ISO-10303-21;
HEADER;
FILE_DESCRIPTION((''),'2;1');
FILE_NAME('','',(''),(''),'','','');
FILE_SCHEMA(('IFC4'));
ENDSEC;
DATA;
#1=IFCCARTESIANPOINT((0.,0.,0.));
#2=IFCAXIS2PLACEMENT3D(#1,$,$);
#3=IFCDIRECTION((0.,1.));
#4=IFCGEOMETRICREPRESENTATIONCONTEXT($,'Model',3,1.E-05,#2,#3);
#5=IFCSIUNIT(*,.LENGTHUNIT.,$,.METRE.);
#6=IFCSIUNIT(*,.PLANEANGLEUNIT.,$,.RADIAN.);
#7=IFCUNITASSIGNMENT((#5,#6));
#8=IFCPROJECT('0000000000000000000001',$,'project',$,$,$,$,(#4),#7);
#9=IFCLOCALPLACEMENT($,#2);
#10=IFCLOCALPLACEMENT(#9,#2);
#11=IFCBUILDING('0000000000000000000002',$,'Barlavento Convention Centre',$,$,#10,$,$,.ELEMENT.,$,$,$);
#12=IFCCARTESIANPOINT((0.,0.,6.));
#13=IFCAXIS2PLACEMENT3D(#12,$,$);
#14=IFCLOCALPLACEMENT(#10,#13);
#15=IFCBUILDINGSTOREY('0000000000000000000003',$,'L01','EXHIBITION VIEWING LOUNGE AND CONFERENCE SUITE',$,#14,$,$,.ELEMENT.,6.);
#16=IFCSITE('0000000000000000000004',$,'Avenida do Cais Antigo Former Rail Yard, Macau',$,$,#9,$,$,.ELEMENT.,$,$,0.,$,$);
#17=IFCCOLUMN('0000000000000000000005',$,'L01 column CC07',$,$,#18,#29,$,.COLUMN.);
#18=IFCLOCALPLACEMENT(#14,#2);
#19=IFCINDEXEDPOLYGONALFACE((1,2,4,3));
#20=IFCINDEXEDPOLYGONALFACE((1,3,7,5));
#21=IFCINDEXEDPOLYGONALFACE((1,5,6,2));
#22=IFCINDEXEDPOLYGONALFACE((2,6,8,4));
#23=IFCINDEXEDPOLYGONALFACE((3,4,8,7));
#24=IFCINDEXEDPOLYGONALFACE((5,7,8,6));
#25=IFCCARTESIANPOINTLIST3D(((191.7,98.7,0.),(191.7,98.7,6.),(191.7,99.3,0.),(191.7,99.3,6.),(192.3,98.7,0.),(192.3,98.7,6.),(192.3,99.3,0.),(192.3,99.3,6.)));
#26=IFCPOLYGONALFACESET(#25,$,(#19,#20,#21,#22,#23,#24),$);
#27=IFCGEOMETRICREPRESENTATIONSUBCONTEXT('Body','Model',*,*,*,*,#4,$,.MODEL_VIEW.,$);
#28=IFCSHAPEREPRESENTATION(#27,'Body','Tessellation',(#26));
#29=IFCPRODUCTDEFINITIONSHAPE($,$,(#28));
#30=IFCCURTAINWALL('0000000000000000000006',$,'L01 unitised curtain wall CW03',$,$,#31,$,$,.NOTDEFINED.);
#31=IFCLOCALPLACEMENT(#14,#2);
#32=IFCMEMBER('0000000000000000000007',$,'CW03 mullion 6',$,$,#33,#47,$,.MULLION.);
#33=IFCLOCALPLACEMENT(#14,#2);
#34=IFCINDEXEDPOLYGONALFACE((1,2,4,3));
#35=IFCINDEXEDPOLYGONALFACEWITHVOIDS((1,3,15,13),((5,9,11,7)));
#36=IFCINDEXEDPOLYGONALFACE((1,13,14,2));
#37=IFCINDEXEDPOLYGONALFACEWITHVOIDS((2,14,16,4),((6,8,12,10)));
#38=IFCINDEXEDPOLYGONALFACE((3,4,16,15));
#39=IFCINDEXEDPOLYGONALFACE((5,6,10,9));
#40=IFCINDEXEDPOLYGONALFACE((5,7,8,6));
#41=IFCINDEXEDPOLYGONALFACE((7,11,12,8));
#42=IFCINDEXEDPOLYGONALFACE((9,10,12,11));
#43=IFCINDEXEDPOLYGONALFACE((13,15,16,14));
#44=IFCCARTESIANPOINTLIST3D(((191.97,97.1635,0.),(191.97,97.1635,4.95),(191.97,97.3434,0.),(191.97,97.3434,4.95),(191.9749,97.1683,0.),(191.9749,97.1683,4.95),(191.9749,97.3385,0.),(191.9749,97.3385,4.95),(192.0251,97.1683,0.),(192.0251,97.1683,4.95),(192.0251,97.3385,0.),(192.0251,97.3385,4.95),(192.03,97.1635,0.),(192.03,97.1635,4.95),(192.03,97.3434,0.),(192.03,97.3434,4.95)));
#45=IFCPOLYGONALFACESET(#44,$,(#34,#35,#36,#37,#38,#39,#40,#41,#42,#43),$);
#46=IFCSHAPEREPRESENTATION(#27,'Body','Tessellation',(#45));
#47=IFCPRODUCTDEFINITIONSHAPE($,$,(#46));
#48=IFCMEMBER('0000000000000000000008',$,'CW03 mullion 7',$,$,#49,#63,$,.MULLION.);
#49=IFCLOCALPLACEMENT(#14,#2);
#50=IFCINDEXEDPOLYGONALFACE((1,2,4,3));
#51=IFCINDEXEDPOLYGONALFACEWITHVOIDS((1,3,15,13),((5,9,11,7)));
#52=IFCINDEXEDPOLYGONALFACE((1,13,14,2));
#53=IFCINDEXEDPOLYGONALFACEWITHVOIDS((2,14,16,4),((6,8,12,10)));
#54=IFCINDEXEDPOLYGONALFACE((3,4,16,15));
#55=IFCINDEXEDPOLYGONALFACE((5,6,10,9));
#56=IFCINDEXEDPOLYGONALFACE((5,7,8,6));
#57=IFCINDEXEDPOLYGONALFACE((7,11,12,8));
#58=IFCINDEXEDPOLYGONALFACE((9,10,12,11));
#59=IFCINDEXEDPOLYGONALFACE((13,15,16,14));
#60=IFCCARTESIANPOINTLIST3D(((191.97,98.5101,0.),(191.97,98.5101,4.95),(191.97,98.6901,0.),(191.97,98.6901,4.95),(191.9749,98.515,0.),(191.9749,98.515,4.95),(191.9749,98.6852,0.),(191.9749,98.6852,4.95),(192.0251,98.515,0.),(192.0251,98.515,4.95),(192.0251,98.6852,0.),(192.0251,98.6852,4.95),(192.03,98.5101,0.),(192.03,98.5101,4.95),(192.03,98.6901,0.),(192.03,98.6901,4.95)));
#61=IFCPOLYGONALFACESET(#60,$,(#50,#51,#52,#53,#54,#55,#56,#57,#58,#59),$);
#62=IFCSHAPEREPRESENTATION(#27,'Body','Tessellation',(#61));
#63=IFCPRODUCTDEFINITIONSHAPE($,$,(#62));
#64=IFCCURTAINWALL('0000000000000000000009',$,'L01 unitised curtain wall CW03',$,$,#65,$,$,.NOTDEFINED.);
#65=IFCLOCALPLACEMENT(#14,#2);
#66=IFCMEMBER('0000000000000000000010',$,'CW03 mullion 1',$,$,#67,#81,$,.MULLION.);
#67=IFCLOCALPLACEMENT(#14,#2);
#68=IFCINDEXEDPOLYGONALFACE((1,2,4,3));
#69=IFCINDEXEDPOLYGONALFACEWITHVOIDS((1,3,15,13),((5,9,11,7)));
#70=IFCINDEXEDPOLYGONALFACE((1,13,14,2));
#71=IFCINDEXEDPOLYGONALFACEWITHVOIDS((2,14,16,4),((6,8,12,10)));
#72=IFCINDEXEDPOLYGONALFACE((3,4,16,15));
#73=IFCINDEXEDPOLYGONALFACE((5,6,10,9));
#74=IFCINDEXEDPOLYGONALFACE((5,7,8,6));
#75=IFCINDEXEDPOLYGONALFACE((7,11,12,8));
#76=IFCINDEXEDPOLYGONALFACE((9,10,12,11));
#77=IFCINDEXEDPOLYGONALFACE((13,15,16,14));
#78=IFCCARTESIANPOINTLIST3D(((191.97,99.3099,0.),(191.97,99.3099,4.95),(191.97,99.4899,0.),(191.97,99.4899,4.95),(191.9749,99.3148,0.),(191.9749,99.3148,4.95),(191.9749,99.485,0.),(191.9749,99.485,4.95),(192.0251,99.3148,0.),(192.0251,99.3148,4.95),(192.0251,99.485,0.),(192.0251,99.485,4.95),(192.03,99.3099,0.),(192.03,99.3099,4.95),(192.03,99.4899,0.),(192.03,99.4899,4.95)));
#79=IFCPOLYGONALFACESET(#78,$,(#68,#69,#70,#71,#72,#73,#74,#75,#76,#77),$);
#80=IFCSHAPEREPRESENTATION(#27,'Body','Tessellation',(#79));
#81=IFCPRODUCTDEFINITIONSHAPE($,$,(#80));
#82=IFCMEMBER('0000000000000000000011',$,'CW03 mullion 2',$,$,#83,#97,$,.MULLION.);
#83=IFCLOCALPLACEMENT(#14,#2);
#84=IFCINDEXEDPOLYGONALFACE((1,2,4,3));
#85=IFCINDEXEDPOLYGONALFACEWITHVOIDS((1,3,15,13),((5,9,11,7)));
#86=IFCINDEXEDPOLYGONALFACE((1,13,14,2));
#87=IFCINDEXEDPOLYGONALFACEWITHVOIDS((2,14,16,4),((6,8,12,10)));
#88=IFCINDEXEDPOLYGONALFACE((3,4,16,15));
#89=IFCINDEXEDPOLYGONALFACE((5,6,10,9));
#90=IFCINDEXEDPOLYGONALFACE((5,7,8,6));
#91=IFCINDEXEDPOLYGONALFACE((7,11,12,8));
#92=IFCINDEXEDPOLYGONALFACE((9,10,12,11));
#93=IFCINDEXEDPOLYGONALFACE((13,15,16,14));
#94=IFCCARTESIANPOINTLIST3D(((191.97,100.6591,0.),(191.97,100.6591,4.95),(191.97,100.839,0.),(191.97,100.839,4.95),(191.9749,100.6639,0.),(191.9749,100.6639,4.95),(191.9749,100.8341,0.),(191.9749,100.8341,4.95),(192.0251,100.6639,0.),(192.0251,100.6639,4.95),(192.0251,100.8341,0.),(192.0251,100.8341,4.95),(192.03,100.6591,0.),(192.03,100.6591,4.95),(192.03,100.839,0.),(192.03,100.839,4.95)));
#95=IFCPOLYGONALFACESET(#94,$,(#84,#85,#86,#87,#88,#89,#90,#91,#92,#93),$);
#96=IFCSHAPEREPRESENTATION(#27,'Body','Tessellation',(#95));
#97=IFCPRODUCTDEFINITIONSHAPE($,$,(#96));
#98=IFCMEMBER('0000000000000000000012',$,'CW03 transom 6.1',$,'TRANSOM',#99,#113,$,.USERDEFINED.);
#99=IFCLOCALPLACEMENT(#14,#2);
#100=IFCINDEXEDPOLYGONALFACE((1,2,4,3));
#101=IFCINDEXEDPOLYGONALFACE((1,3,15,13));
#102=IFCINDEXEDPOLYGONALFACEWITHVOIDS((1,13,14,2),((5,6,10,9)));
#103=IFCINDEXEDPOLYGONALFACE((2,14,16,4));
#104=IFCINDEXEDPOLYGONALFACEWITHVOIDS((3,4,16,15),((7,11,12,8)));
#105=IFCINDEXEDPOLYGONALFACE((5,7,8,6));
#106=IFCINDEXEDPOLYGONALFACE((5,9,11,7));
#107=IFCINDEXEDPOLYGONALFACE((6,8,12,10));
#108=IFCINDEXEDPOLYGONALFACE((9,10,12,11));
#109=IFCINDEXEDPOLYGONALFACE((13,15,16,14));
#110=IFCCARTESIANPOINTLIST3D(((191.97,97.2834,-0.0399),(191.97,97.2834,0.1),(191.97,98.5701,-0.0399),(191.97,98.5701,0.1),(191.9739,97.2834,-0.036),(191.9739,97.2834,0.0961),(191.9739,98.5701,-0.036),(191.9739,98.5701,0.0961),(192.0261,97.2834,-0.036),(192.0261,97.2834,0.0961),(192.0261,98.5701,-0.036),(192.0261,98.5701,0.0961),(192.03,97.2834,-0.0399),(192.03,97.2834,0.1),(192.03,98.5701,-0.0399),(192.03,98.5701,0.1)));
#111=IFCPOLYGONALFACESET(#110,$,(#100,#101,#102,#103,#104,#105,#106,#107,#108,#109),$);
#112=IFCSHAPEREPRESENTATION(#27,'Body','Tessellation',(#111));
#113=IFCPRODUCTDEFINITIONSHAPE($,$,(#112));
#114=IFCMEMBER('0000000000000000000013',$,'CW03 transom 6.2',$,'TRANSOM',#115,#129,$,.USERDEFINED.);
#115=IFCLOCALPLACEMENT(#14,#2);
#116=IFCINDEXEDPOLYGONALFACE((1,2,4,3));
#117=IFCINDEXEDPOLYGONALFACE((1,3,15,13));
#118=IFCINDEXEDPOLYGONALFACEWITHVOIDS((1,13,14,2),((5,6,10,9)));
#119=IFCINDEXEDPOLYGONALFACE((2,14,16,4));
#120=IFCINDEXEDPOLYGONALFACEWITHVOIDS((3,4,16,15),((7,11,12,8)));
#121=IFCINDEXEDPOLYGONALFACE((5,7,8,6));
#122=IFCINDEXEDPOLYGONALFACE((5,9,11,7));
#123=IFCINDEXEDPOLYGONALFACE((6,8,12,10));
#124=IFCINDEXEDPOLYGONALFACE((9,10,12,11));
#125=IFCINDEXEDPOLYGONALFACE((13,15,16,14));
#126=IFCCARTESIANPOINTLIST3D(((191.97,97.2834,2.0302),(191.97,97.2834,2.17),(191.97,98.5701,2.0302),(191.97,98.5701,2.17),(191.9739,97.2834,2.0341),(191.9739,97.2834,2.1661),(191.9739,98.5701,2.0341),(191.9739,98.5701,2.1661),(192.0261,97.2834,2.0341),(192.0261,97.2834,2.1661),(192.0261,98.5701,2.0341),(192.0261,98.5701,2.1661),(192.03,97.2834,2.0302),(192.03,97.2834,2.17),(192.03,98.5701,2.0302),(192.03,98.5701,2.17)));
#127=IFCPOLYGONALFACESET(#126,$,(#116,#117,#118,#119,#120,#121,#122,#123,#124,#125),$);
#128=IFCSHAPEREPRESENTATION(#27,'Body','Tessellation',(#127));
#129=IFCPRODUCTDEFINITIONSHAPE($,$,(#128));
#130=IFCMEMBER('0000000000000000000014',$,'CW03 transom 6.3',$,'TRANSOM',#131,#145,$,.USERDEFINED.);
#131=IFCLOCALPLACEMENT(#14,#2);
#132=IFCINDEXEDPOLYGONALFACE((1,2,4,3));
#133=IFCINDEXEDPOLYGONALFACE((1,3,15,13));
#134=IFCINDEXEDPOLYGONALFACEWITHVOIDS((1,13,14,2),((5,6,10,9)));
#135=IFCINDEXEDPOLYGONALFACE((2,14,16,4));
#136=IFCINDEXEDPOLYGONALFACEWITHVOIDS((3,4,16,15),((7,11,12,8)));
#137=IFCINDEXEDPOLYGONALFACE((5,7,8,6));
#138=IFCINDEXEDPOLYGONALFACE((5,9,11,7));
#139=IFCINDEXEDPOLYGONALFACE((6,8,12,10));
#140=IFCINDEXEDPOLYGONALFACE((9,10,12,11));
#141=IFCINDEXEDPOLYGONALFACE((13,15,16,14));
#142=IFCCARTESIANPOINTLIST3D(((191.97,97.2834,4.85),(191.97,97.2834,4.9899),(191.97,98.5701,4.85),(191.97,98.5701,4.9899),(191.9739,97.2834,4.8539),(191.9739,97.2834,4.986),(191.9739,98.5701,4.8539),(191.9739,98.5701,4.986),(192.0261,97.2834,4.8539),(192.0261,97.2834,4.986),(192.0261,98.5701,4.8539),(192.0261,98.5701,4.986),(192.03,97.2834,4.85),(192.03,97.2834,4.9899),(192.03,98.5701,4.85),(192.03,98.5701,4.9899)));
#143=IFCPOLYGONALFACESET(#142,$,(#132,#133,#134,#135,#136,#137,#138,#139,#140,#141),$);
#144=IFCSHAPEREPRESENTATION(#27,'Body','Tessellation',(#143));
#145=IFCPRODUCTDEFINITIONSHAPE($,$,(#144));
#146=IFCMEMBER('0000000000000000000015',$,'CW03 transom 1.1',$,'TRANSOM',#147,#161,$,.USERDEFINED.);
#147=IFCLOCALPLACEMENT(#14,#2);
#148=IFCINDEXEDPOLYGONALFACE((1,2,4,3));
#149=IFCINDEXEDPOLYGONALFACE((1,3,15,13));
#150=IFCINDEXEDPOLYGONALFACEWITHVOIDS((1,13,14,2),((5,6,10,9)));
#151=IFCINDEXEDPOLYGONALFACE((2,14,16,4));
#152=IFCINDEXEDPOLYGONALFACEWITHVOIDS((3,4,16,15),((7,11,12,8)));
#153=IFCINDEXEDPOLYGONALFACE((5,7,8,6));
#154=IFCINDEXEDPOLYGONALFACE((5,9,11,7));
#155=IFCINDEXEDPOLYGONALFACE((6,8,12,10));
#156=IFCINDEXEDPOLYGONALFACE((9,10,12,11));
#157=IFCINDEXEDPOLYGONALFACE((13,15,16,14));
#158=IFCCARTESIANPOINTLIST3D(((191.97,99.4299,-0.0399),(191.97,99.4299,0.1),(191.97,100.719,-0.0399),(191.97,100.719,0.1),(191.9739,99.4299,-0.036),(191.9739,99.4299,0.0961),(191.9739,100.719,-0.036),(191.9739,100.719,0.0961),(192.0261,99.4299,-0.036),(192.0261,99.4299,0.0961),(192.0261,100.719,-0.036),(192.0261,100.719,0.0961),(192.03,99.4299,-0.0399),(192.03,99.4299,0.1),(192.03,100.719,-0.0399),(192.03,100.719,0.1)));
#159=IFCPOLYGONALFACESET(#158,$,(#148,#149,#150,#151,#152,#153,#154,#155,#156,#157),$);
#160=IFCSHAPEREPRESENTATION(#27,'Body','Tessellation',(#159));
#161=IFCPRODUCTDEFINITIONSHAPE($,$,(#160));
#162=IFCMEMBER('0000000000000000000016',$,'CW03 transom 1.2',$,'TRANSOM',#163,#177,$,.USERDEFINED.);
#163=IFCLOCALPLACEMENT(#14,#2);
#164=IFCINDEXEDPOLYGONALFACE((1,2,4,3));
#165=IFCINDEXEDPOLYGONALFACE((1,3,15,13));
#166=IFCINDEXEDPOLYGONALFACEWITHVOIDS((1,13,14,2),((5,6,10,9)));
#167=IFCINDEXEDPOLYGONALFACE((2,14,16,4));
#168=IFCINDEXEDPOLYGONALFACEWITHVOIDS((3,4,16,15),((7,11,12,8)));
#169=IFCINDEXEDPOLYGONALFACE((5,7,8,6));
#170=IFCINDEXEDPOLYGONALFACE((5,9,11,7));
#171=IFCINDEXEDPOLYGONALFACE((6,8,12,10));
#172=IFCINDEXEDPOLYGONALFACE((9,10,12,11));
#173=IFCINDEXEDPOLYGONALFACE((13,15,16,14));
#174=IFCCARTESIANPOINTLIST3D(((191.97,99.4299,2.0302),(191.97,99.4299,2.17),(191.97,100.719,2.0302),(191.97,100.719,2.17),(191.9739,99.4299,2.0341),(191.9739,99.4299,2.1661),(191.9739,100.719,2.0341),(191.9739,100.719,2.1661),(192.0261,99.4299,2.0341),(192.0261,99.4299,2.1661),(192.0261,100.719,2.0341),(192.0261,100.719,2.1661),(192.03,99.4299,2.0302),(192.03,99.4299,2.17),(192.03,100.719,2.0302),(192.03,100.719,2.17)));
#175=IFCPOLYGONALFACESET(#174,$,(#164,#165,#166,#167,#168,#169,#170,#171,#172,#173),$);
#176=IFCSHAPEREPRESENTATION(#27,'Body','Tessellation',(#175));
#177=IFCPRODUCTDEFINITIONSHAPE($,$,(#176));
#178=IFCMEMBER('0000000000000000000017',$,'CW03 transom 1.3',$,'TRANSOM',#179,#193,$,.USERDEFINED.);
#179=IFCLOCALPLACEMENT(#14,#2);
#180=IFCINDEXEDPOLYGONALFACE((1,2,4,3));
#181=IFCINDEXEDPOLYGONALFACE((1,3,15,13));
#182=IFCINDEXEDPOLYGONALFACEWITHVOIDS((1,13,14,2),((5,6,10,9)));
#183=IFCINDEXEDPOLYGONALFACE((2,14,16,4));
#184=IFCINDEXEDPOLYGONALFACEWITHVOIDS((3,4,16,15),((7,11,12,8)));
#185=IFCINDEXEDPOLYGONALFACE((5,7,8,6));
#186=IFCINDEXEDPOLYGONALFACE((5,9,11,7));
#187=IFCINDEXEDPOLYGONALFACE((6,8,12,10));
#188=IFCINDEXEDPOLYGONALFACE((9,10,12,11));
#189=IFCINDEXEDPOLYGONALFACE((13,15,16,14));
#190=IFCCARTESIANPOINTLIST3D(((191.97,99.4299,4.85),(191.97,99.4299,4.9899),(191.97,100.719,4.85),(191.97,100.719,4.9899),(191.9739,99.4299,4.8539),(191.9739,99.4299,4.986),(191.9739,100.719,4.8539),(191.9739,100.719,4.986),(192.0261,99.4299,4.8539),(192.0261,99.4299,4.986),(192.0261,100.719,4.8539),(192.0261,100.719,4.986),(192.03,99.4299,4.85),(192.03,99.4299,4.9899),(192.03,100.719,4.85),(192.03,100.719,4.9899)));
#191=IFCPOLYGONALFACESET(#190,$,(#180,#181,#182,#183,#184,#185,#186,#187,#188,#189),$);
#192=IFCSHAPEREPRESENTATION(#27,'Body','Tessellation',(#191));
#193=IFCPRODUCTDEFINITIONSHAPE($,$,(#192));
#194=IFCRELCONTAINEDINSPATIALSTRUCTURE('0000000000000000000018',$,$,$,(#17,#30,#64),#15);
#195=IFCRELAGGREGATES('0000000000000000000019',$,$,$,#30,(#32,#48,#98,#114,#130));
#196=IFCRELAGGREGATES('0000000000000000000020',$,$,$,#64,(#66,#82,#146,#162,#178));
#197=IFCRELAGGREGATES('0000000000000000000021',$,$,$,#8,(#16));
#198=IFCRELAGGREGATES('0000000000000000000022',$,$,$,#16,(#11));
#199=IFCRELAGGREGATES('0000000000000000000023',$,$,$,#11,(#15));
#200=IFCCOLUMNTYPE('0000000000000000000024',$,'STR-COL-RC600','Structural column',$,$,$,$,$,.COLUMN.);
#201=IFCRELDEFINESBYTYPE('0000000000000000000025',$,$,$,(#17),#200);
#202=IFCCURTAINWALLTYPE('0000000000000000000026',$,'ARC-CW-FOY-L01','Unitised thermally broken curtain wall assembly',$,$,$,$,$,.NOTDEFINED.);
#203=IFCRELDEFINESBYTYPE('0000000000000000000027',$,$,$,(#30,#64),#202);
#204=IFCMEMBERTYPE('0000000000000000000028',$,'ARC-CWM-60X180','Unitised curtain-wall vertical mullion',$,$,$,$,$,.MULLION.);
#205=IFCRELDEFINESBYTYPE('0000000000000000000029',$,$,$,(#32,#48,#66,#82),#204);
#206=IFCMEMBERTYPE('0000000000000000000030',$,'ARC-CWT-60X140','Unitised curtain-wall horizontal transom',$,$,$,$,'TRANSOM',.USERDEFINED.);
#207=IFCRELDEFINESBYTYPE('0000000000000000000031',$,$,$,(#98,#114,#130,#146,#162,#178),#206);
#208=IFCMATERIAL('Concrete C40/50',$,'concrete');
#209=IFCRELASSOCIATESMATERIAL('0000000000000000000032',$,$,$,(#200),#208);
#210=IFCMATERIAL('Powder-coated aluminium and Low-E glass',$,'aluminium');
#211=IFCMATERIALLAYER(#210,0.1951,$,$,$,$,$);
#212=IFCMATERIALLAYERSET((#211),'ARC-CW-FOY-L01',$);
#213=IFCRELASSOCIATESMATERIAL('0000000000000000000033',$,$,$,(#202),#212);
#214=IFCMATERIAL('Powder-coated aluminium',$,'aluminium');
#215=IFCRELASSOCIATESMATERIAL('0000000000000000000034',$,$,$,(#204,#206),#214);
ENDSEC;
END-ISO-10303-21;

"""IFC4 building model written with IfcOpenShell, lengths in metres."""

from ifc_helpers import new_model, si_unit, direction, frame, origin, origin_2d, place, context, subcontext, project, spatial, rectangle, hollow_rectangle, extrude, material, layer, layer_set, material_profile, profile_set, type_object, element, aggregate, save


model = new_model("IFC4")

# Units and contexts
model_context = context("Model", 3, precision=1e-05, world=origin(), true_north=direction((0.0, 1.0)))
body_context = subcontext(model_context, "Body", "Model", "MODEL_VIEW")
ifc_project = project(units=[si_unit("LENGTHUNIT", "METRE"), si_unit("PLANEANGLEUNIT", "RADIAN")], contexts=[model_context])

# Site, building, storey
site_placement = place(None, origin())
site = spatial("IfcSite", under=ifc_project, at=site_placement, Name="Avenida do Cais Antigo Former Rail Yard, Macau", CompositionType="ELEMENT", RefElevation=0.0)
building_placement = place(site_placement, origin())
building = spatial("IfcBuilding", under=site, at=building_placement, Name="Barlavento Convention Centre", CompositionType="ELEMENT")
storey_placement = place(building_placement, frame((0.0, 0.0, 6.0)))
storey = spatial("IfcBuildingStorey", under=building, at=storey_placement, Name="L01", Description="EXHIBITION VIEWING LOUNGE AND CONFERENCE SUITE", CompositionType="ELEMENT", Elevation=6.0)

# Column
ifc_material_1 = material(Name="Concrete C40/50", Category="concrete")
ifc_material_profile_1 = material_profile(ifc_material_1, rectangle(XDim=0.6001, YDim=0.6001, at=origin_2d()), Name="RC 600x600")
ifc_profile_set_1 = profile_set([ifc_material_profile_1], Name="Concrete C40/50")
column_type = type_object("IfcColumnType", Name="STR-COL-RC600", Description="Structural column", PredefinedType="COLUMN", material=ifc_profile_set_1)
column_placement = place(storey_placement, frame((192.0, 99.0, 0.0), z_axis=(0.0, 0.0, 1.0), x_axis=(1.0, 0.0, 0.0)))
element("IfcColumn", 1, at=column_placement, inside=storey, type_object=column_type, Name="L01 column CC07", PredefinedType="COLUMN", context=body_context, shape_type="SweptSolid", body=[
    extrude(rectangle(XDim=0.6001, YDim=0.6001, at=origin_2d()), origin(), (0.0, 0.0, 1.0), 6.0),
])

# Curtain walls, members
ifc_material_2 = material(Name="Powder-coated aluminium and Low-E glass", Category="aluminium")
ifc_layer_1 = layer(ifc_material_2, 0.1951)
ifc_layer_set_1 = layer_set([ifc_layer_1], Name="ARC-CW-FOY-L01")
curtain_wall_type = type_object("IfcCurtainWallType", Name="ARC-CW-FOY-L01", Description="Unitised thermally broken curtain wall assembly", PredefinedType="NOTDEFINED", material=ifc_layer_set_1)
curtain_wall_1_placement = place(storey_placement, origin())
curtain_wall_1 = element("IfcCurtainWall", 2, at=curtain_wall_1_placement, inside=storey, type_object=curtain_wall_type, Name="L01 unitised curtain wall CW03", PredefinedType="NOTDEFINED")
ifc_material_3 = material(Name="Powder-coated aluminium", Category="aluminium")
ifc_material_profile_2 = material_profile(ifc_material_3, hollow_rectangle(XDim=0.0601, YDim=0.1799, WallThickness=0.0049, at=origin_2d()), Name="AL-MULL 60x180x5")
ifc_profile_set_2 = profile_set([ifc_material_profile_2], Name="Powder-coated aluminium")
member_type_1 = type_object("IfcMemberType", Name="ARC-CWM-60X180", Description="Unitised curtain-wall vertical mullion", PredefinedType="MULLION", material=ifc_profile_set_2)
member_1_placement = place(storey_placement, frame((192.0, 97.2534, 0.0), z_axis=(0.0, 0.0, 1.0), x_axis=(-1.0, 0.0, 0.0)))
member_1 = element("IfcMember", 3, at=member_1_placement, type_object=member_type_1, Name="CW03 mullion 6", PredefinedType="MULLION", context=body_context, shape_type="SweptSolid", body=[
    extrude(hollow_rectangle(XDim=0.0601, YDim=0.1799, WallThickness=0.0049, at=origin_2d()), origin(), (0.0, 0.0, 1.0), 4.95),
])
member_2_placement = place(storey_placement, frame((192.0, 98.6001, 0.0), z_axis=(0.0, 0.0, 1.0), x_axis=(-1.0, 0.0, 0.0)))
member_2 = element("IfcMember", 4, at=member_2_placement, type_object=member_type_1, Name="CW03 mullion 7", PredefinedType="MULLION", context=body_context, shape_type="SweptSolid", body=[
    extrude(hollow_rectangle(XDim=0.0601, YDim=0.1799, WallThickness=0.0049, at=origin_2d()), origin(), (0.0, 0.0, 1.0), 4.95),
])
curtain_wall_2_placement = place(storey_placement, origin())
curtain_wall_2 = element("IfcCurtainWall", 5, at=curtain_wall_2_placement, inside=storey, type_object=curtain_wall_type, Name="L01 unitised curtain wall CW03", PredefinedType="NOTDEFINED")
member_3_placement = place(storey_placement, frame((192.0, 99.3999, 0.0), z_axis=(0.0, 0.0, 1.0), x_axis=(-1.0, 0.0, 0.0)))
member_3 = element("IfcMember", 6, at=member_3_placement, type_object=member_type_1, Name="CW03 mullion 1", PredefinedType="MULLION", context=body_context, shape_type="SweptSolid", body=[
    extrude(hollow_rectangle(XDim=0.0601, YDim=0.1799, WallThickness=0.0049, at=origin_2d()), origin(), (0.0, 0.0, 1.0), 4.95),
])
member_4_placement = place(storey_placement, frame((192.0, 100.749, 0.0), z_axis=(0.0, 0.0, 1.0), x_axis=(-1.0, 0.0, 0.0)))
member_4 = element("IfcMember", 7, at=member_4_placement, type_object=member_type_1, Name="CW03 mullion 2", PredefinedType="MULLION", context=body_context, shape_type="SweptSolid", body=[
    extrude(hollow_rectangle(XDim=0.0601, YDim=0.1799, WallThickness=0.0049, at=origin_2d()), origin(), (0.0, 0.0, 1.0), 4.95),
])

# Members
ifc_material_profile_3 = material_profile(ifc_material_3, hollow_rectangle(XDim=0.0601, YDim=0.1399, WallThickness=0.0039, at=origin_2d()), Name="AL-TRAN 60x140x4")
ifc_profile_set_3 = profile_set([ifc_material_profile_3], Name="Powder-coated aluminium")
member_type_2 = type_object("IfcMemberType", Name="ARC-CWT-60X140", Description="Unitised curtain-wall horizontal transom", ElementType="TRANSOM", PredefinedType="USERDEFINED", material=ifc_profile_set_3)
member_5_placement = place(storey_placement, frame((192.0, 97.2834, 0.03), z_axis=(0.0, 1.0, 0.0), x_axis=(-1.0, 0.0, 0.0)))
member_5 = element("IfcMember", 8, at=member_5_placement, type_object=member_type_2, Name="CW03 transom 6.1", ObjectType="TRANSOM", PredefinedType="USERDEFINED", context=body_context, shape_type="SweptSolid", body=[
    extrude(hollow_rectangle(XDim=0.0601, YDim=0.1399, WallThickness=0.0039, at=origin_2d()), origin(), (0.0, 0.0, 1.0), 1.2866),
])
member_6_placement = place(storey_placement, frame((192.0, 97.2834, 2.1001), z_axis=(0.0, 1.0, 0.0), x_axis=(-1.0, 0.0, 0.0)))
member_6 = element("IfcMember", 9, at=member_6_placement, type_object=member_type_2, Name="CW03 transom 6.2", ObjectType="TRANSOM", PredefinedType="USERDEFINED", context=body_context, shape_type="SweptSolid", body=[
    extrude(hollow_rectangle(XDim=0.0601, YDim=0.1399, WallThickness=0.0039, at=origin_2d()), origin(), (0.0, 0.0, 1.0), 1.2866),
])
member_7_placement = place(storey_placement, frame((192.0, 97.2834, 4.9199), z_axis=(0.0, 1.0, 0.0), x_axis=(-1.0, 0.0, 0.0)))
member_7 = element("IfcMember", 10, at=member_7_placement, type_object=member_type_2, Name="CW03 transom 6.3", ObjectType="TRANSOM", PredefinedType="USERDEFINED", context=body_context, shape_type="SweptSolid", body=[
    extrude(hollow_rectangle(XDim=0.0601, YDim=0.1399, WallThickness=0.0039, at=origin_2d()), origin(), (0.0, 0.0, 1.0), 1.2866),
])
member_8_placement = place(storey_placement, frame((192.0, 99.4299, 0.03), z_axis=(0.0, 1.0, 0.0), x_axis=(-1.0, 0.0, 0.0)))
member_8 = element("IfcMember", 11, at=member_8_placement, type_object=member_type_2, Name="CW03 transom 1.1", ObjectType="TRANSOM", PredefinedType="USERDEFINED", context=body_context, shape_type="SweptSolid", body=[
    extrude(hollow_rectangle(XDim=0.0601, YDim=0.1399, WallThickness=0.0039, at=origin_2d()), origin(), (0.0, 0.0, 1.0), 1.2891),
])
member_9_placement = place(storey_placement, frame((192.0, 99.4299, 2.1001), z_axis=(0.0, 1.0, 0.0), x_axis=(-1.0, 0.0, 0.0)))
member_9 = element("IfcMember", 12, at=member_9_placement, type_object=member_type_2, Name="CW03 transom 1.2", ObjectType="TRANSOM", PredefinedType="USERDEFINED", context=body_context, shape_type="SweptSolid", body=[
    extrude(hollow_rectangle(XDim=0.0601, YDim=0.1399, WallThickness=0.0039, at=origin_2d()), origin(), (0.0, 0.0, 1.0), 1.2891),
])
member_10_placement = place(storey_placement, frame((192.0, 99.4299, 4.9199), z_axis=(0.0, 1.0, 0.0), x_axis=(-1.0, 0.0, 0.0)))
member_10 = element("IfcMember", 13, at=member_10_placement, type_object=member_type_2, Name="CW03 transom 1.3", ObjectType="TRANSOM", PredefinedType="USERDEFINED", context=body_context, shape_type="SweptSolid", body=[
    extrude(hollow_rectangle(XDim=0.0601, YDim=0.1399, WallThickness=0.0039, at=origin_2d()), origin(), (0.0, 0.0, 1.0), 1.2891),
])

aggregate(curtain_wall_1, [member_1, member_2, member_5, member_6, member_7])
aggregate(curtain_wall_2, [member_3, member_4, member_8, member_9, member_10])

save(model, "model.ifc")
